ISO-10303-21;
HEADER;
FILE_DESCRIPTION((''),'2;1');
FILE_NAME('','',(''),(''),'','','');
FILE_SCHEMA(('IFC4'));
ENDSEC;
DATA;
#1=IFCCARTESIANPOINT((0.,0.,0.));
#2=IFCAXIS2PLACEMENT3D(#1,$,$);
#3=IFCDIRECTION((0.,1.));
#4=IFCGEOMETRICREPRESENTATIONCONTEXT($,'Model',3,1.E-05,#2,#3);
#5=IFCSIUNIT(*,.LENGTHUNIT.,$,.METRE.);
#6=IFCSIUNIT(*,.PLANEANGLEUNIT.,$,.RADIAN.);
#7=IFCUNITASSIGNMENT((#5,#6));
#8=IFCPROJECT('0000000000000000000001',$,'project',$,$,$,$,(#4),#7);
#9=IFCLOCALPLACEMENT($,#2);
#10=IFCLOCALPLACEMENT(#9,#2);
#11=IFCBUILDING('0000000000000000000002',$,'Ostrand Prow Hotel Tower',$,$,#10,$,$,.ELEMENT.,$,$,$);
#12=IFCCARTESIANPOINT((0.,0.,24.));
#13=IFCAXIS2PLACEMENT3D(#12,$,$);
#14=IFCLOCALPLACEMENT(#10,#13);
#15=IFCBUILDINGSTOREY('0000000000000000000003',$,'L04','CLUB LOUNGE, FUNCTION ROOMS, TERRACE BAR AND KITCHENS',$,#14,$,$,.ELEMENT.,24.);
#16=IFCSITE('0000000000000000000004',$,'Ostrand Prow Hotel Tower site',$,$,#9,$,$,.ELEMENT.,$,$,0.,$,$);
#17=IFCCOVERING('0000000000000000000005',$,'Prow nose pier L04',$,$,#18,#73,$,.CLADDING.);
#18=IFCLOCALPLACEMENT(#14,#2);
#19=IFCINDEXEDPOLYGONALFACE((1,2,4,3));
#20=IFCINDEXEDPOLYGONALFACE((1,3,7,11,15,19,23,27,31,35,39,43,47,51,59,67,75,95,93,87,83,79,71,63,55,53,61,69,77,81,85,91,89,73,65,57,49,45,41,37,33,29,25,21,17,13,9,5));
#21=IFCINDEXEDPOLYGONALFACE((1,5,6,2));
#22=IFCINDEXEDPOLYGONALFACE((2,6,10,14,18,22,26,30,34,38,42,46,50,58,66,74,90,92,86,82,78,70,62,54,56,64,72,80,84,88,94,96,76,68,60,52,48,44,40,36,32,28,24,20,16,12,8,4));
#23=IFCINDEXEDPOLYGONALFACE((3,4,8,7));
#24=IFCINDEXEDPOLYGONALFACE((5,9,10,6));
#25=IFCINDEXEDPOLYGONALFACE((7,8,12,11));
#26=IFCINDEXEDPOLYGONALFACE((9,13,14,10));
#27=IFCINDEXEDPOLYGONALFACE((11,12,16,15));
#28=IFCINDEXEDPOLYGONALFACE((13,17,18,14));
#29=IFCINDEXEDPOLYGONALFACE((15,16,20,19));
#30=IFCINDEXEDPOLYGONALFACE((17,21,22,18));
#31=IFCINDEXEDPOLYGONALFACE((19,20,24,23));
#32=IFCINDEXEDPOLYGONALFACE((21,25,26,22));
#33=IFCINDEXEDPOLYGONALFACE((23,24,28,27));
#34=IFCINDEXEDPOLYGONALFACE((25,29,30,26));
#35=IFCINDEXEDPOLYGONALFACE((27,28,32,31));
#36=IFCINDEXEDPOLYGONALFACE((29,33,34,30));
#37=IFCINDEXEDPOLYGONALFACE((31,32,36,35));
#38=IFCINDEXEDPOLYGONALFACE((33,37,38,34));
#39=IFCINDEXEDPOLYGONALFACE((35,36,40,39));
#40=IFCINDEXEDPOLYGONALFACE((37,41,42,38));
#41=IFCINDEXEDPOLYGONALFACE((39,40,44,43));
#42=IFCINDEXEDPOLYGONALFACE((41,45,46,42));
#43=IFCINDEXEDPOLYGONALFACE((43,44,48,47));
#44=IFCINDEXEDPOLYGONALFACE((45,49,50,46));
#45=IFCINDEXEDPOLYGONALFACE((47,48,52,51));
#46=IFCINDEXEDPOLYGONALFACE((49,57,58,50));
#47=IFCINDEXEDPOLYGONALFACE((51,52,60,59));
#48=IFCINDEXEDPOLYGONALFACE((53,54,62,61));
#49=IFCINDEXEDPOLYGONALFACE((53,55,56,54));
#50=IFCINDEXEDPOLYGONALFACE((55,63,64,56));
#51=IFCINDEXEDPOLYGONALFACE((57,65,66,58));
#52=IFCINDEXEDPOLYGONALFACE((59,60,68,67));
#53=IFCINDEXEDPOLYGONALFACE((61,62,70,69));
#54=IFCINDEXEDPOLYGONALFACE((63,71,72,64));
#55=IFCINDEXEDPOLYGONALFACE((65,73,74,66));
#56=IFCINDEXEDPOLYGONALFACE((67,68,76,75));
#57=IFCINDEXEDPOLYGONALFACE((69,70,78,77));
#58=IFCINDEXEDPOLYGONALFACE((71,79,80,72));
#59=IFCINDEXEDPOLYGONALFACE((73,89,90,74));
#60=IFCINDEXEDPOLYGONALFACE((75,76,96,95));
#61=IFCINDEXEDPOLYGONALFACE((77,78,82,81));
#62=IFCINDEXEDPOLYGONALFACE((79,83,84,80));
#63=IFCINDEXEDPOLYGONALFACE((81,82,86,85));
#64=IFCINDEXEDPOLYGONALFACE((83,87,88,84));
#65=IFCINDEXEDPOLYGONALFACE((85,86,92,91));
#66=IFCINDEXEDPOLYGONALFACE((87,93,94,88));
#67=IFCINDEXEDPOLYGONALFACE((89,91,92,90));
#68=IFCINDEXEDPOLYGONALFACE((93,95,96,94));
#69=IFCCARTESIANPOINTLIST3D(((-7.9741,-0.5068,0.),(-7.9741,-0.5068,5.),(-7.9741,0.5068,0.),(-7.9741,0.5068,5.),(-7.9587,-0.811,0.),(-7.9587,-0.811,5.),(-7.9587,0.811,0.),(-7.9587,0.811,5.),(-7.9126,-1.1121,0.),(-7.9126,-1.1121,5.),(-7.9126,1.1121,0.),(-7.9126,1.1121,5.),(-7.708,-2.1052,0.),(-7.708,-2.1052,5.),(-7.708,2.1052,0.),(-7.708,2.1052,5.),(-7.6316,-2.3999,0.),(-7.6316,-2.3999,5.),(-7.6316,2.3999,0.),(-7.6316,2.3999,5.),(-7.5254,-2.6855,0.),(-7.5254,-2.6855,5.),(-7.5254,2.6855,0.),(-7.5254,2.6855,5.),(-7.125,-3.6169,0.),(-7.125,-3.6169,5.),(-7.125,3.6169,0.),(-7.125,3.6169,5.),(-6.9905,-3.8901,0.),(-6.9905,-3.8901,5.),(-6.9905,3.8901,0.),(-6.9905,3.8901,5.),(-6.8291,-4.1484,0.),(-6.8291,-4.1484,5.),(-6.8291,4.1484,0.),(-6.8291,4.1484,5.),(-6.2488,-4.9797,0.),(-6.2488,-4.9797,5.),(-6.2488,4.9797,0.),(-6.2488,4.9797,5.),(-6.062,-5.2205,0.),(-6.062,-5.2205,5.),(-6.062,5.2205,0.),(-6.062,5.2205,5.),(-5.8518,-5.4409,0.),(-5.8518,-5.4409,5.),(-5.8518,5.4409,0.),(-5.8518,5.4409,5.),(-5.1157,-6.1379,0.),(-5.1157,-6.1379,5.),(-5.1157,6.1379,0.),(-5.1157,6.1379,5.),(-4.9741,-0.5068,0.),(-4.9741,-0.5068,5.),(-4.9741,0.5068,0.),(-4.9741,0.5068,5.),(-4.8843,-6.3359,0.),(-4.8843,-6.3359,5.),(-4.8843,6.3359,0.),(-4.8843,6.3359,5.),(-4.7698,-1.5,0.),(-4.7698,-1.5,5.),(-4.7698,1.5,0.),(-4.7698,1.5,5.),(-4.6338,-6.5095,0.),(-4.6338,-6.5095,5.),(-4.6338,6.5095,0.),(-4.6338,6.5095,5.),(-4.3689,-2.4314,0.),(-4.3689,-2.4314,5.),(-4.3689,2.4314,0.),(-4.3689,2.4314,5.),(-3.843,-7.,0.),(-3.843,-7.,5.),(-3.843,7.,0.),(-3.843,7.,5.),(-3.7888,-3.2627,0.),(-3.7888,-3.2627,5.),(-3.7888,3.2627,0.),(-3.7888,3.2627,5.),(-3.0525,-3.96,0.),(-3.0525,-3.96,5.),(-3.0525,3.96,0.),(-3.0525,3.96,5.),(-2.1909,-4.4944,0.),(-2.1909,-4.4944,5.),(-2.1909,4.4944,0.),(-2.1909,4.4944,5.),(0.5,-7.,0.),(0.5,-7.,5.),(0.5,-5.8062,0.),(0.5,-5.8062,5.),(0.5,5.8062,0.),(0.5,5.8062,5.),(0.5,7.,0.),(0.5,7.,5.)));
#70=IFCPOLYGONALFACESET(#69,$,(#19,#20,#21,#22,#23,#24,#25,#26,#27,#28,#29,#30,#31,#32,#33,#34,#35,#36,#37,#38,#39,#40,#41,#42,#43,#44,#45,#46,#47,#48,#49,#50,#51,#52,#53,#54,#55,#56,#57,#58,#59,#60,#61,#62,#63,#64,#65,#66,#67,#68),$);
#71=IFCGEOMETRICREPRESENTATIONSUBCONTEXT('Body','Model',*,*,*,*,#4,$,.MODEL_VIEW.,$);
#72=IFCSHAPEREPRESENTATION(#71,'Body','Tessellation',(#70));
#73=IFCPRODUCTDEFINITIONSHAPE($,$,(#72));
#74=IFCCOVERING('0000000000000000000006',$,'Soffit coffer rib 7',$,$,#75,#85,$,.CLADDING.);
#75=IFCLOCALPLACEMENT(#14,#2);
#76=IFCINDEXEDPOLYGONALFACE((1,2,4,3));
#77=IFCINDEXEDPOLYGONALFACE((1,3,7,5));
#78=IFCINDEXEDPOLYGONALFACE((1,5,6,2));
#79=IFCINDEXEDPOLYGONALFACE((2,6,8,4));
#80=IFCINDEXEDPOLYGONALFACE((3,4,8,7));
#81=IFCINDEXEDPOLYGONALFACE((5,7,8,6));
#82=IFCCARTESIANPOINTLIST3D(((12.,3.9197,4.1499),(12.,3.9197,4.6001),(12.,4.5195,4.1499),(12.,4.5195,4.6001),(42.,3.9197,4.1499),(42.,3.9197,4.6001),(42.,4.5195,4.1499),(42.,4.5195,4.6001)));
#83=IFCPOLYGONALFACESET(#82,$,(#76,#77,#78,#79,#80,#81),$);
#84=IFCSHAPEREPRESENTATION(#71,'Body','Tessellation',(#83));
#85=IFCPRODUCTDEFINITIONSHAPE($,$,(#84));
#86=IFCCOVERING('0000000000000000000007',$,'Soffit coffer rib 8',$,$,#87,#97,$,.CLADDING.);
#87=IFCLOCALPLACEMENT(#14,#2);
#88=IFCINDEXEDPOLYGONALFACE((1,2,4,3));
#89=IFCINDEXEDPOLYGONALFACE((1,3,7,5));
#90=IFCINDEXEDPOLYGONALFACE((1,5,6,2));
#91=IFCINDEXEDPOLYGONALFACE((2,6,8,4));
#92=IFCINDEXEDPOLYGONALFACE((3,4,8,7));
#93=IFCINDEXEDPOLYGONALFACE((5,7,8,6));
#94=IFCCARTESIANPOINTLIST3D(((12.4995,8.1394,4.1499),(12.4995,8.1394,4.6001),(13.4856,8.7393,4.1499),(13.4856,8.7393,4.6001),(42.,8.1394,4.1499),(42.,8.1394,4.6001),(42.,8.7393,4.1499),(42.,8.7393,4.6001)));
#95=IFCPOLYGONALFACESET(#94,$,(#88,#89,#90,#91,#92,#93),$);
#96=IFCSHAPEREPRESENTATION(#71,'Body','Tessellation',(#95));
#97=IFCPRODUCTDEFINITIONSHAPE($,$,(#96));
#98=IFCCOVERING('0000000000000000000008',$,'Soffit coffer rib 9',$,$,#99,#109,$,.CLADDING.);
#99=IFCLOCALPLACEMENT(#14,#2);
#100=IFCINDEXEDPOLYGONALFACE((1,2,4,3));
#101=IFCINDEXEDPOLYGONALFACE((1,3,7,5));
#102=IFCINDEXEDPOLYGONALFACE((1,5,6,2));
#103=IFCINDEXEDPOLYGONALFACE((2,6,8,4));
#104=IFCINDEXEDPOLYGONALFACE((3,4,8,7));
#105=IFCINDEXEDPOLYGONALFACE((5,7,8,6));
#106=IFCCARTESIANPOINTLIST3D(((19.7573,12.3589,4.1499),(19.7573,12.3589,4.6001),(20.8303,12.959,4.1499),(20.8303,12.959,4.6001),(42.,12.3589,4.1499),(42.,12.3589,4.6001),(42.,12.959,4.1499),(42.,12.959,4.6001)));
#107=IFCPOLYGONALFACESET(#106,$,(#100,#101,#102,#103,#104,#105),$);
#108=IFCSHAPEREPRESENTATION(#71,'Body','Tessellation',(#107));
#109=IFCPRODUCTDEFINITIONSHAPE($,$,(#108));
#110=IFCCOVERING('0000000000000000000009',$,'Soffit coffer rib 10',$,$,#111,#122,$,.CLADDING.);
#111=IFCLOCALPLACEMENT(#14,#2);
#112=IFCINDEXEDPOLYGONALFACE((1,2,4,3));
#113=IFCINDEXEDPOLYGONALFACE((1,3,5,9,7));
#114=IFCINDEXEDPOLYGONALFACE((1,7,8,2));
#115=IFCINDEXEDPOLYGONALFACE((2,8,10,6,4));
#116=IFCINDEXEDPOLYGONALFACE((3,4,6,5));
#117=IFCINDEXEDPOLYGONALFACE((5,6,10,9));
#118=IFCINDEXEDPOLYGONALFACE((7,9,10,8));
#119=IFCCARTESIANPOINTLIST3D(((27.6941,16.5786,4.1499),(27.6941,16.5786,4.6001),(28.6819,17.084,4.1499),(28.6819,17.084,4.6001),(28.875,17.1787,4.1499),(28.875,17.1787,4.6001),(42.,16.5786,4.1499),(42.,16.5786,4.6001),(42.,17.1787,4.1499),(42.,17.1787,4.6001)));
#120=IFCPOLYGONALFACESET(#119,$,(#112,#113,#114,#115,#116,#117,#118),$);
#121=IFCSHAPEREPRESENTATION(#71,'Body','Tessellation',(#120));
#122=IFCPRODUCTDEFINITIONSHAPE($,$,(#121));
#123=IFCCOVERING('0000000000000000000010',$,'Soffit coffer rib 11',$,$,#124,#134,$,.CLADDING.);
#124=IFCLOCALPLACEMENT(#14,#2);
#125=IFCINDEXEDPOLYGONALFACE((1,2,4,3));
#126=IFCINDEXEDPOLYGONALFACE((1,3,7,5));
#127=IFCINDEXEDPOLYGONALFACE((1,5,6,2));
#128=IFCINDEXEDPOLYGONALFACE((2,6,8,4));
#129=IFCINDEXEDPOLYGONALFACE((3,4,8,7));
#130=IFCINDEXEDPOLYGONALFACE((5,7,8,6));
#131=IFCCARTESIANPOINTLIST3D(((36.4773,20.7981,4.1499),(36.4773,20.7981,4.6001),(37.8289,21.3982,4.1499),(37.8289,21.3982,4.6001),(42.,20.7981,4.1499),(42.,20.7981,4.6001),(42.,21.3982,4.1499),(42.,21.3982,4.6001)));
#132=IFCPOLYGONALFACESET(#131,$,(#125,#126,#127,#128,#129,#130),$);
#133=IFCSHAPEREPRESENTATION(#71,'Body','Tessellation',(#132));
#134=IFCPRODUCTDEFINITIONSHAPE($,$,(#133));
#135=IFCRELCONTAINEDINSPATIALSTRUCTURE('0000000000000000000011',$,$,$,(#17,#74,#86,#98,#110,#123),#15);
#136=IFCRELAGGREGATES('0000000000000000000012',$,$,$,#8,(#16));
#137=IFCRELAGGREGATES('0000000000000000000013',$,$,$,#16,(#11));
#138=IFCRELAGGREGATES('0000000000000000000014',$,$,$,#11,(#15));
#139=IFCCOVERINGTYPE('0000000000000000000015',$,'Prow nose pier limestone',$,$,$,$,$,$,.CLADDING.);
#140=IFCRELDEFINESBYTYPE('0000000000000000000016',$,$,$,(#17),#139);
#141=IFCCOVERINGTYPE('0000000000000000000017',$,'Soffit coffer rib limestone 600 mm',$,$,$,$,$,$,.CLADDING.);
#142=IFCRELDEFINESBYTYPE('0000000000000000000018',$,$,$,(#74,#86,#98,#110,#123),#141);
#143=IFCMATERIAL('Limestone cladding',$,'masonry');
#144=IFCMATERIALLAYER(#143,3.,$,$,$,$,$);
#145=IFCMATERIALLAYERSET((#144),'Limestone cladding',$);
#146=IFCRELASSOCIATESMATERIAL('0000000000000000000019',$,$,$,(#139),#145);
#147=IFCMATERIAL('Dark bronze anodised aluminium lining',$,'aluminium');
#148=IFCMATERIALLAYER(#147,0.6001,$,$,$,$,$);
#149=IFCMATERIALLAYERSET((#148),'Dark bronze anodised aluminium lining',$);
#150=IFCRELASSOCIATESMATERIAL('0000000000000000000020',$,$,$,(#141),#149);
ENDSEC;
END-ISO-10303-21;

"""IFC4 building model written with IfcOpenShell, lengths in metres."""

from ifc_helpers import new_model, si_unit, direction, frame, origin, place, context, subcontext, project, spatial, polyline, outline, extrude, material, layer, layer_set, type_object, element, save


model = new_model("IFC4")

# Units and contexts
model_context = context("Model", 3, precision=1e-05, world=origin(), true_north=direction((0.0, 1.0)))
body_context = subcontext(model_context, "Body", "Model", "MODEL_VIEW")
ifc_project = project(units=[si_unit("LENGTHUNIT", "METRE"), si_unit("PLANEANGLEUNIT", "RADIAN")], contexts=[model_context])

# Site, building, storey
site_placement = place(None, origin())
site = spatial("IfcSite", under=ifc_project, at=site_placement, Name="Ostrand Prow Hotel Tower site", CompositionType="ELEMENT", RefElevation=0.0)
building_placement = place(site_placement, origin())
building = spatial("IfcBuilding", under=site, at=building_placement, Name="Ostrand Prow Hotel Tower", CompositionType="ELEMENT")
storey_placement = place(building_placement, frame((0.0, 0.0, 24.0)))
storey = spatial("IfcBuildingStorey", under=building, at=storey_placement, Name="L04", Description="CLUB LOUNGE, FUNCTION ROOMS, TERRACE BAR AND KITCHENS", CompositionType="ELEMENT", Elevation=24.0)

# Coverings
ifc_material_1 = material(Name="Limestone cladding", Category="masonry")
ifc_layer_1 = layer(ifc_material_1, 3.0)
ifc_layer_set_1 = layer_set([ifc_layer_1], Name="Limestone cladding")
covering_type_1 = type_object("IfcCoveringType", Name="Prow nose pier limestone", PredefinedType="CLADDING", material=ifc_layer_set_1)
covering_1_placement = place(storey_placement, origin())
element("IfcCovering", 1, at=covering_1_placement, inside=storey, type_object=covering_type_1, Name="Prow nose pier L04", PredefinedType="CLADDING", context=body_context, shape_type="SweptSolid", body=[
    extrude(outline(polyline([(-4.6338, -6.5095), (-3.843, -7.0), (0.5, -7.0), (0.5, -5.8062), (-2.1909, -4.4944), (-3.0525, -3.96), (-3.7888, -3.2627), (-4.3689, -2.4314), (-4.7698, -1.5), (-4.9741, -0.5068), (-4.9741, 0.5068), (-4.7698, 1.5), (-4.3689, 2.4314), (-3.7888, 3.2627), (-3.0525, 3.96), (-2.1909, 4.4944), (0.5, 5.8062), (0.5, 7.0), (-3.843, 7.0), (-4.6338, 6.5095), (-4.8843, 6.3359), (-5.1157, 6.1379), (-5.8518, 5.4409), (-6.062, 5.2205), (-6.2488, 4.9797), (-6.8291, 4.1484), (-6.9905, 3.8901), (-7.125, 3.6169), (-7.5254, 2.6855), (-7.6316, 2.3999), (-7.708, 2.1052), (-7.9126, 1.1121), (-7.9587, 0.811), (-7.9741, 0.5068), (-7.9741, -0.5068), (-7.9587, -0.811), (-7.9126, -1.1121), (-7.708, -2.1052), (-7.6316, -2.3999), (-7.5254, -2.6855), (-7.125, -3.6169), (-6.9905, -3.8901), (-6.8291, -4.1484), (-6.2488, -4.9797), (-6.062, -5.2205), (-5.8518, -5.4409), (-5.1157, -6.1379), (-4.8843, -6.3359), (-4.6338, -6.5095)])), origin(), (0.0, 0.0, 1.0), 5.0),
])
ifc_material_2 = material(Name="Dark bronze anodised aluminium lining", Category="aluminium")
ifc_layer_2 = layer(ifc_material_2, 0.6001)
ifc_layer_set_2 = layer_set([ifc_layer_2], Name="Dark bronze anodised aluminium lining")
covering_type_2 = type_object("IfcCoveringType", Name="Soffit coffer rib limestone 600 mm", PredefinedType="CLADDING", material=ifc_layer_set_2)
covering_2_placement = place(storey_placement, frame((0.0, 0.0, 4.1499)))
element("IfcCovering", 2, at=covering_2_placement, inside=storey, type_object=covering_type_2, Name="Soffit coffer rib 7", PredefinedType="CLADDING", context=body_context, shape_type="SweptSolid", body=[
    extrude(outline(polyline([(12.0, 4.5195), (12.0, 3.9197), (42.0, 3.9197), (42.0, 4.5195), (12.0, 4.5195)])), origin(), (0.0, 0.0, 1.0), 0.4502),
])
covering_3_placement = place(storey_placement, frame((0.0, 0.0, 4.1499)))
element("IfcCovering", 3, at=covering_3_placement, inside=storey, type_object=covering_type_2, Name="Soffit coffer rib 8", PredefinedType="CLADDING", context=body_context, shape_type="SweptSolid", body=[
    extrude(outline(polyline([(13.4856, 8.7393), (12.4995, 8.1394), (42.0, 8.1394), (42.0, 8.7393), (13.4856, 8.7393)])), origin(), (0.0, 0.0, 1.0), 0.4502),
])
covering_4_placement = place(storey_placement, frame((0.0, 0.0, 4.1499)))
element("IfcCovering", 4, at=covering_4_placement, inside=storey, type_object=covering_type_2, Name="Soffit coffer rib 9", PredefinedType="CLADDING", context=body_context, shape_type="SweptSolid", body=[
    extrude(outline(polyline([(20.8303, 12.959), (19.7573, 12.3589), (42.0, 12.3589), (42.0, 12.959), (20.8303, 12.959)])), origin(), (0.0, 0.0, 1.0), 0.4502),
])
covering_5_placement = place(storey_placement, frame((0.0, 0.0, 4.1499)))
element("IfcCovering", 5, at=covering_5_placement, inside=storey, type_object=covering_type_2, Name="Soffit coffer rib 10", PredefinedType="CLADDING", context=body_context, shape_type="SweptSolid", body=[
    extrude(outline(polyline([(28.6819, 17.084), (27.6941, 16.5786), (42.0, 16.5786), (42.0, 17.1787), (28.875, 17.1787), (28.6819, 17.084)])), origin(), (0.0, 0.0, 1.0), 0.4502),
])
covering_6_placement = place(storey_placement, frame((0.0, 0.0, 4.1499)))
element("IfcCovering", 6, at=covering_6_placement, inside=storey, type_object=covering_type_2, Name="Soffit coffer rib 11", PredefinedType="CLADDING", context=body_context, shape_type="SweptSolid", body=[
    extrude(outline(polyline([(37.8289, 21.3982), (36.4773, 20.7981), (42.0, 20.7981), (42.0, 21.3982), (37.8289, 21.3982)])), origin(), (0.0, 0.0, 1.0), 0.4502),
])

save(model, "model.ifc")
